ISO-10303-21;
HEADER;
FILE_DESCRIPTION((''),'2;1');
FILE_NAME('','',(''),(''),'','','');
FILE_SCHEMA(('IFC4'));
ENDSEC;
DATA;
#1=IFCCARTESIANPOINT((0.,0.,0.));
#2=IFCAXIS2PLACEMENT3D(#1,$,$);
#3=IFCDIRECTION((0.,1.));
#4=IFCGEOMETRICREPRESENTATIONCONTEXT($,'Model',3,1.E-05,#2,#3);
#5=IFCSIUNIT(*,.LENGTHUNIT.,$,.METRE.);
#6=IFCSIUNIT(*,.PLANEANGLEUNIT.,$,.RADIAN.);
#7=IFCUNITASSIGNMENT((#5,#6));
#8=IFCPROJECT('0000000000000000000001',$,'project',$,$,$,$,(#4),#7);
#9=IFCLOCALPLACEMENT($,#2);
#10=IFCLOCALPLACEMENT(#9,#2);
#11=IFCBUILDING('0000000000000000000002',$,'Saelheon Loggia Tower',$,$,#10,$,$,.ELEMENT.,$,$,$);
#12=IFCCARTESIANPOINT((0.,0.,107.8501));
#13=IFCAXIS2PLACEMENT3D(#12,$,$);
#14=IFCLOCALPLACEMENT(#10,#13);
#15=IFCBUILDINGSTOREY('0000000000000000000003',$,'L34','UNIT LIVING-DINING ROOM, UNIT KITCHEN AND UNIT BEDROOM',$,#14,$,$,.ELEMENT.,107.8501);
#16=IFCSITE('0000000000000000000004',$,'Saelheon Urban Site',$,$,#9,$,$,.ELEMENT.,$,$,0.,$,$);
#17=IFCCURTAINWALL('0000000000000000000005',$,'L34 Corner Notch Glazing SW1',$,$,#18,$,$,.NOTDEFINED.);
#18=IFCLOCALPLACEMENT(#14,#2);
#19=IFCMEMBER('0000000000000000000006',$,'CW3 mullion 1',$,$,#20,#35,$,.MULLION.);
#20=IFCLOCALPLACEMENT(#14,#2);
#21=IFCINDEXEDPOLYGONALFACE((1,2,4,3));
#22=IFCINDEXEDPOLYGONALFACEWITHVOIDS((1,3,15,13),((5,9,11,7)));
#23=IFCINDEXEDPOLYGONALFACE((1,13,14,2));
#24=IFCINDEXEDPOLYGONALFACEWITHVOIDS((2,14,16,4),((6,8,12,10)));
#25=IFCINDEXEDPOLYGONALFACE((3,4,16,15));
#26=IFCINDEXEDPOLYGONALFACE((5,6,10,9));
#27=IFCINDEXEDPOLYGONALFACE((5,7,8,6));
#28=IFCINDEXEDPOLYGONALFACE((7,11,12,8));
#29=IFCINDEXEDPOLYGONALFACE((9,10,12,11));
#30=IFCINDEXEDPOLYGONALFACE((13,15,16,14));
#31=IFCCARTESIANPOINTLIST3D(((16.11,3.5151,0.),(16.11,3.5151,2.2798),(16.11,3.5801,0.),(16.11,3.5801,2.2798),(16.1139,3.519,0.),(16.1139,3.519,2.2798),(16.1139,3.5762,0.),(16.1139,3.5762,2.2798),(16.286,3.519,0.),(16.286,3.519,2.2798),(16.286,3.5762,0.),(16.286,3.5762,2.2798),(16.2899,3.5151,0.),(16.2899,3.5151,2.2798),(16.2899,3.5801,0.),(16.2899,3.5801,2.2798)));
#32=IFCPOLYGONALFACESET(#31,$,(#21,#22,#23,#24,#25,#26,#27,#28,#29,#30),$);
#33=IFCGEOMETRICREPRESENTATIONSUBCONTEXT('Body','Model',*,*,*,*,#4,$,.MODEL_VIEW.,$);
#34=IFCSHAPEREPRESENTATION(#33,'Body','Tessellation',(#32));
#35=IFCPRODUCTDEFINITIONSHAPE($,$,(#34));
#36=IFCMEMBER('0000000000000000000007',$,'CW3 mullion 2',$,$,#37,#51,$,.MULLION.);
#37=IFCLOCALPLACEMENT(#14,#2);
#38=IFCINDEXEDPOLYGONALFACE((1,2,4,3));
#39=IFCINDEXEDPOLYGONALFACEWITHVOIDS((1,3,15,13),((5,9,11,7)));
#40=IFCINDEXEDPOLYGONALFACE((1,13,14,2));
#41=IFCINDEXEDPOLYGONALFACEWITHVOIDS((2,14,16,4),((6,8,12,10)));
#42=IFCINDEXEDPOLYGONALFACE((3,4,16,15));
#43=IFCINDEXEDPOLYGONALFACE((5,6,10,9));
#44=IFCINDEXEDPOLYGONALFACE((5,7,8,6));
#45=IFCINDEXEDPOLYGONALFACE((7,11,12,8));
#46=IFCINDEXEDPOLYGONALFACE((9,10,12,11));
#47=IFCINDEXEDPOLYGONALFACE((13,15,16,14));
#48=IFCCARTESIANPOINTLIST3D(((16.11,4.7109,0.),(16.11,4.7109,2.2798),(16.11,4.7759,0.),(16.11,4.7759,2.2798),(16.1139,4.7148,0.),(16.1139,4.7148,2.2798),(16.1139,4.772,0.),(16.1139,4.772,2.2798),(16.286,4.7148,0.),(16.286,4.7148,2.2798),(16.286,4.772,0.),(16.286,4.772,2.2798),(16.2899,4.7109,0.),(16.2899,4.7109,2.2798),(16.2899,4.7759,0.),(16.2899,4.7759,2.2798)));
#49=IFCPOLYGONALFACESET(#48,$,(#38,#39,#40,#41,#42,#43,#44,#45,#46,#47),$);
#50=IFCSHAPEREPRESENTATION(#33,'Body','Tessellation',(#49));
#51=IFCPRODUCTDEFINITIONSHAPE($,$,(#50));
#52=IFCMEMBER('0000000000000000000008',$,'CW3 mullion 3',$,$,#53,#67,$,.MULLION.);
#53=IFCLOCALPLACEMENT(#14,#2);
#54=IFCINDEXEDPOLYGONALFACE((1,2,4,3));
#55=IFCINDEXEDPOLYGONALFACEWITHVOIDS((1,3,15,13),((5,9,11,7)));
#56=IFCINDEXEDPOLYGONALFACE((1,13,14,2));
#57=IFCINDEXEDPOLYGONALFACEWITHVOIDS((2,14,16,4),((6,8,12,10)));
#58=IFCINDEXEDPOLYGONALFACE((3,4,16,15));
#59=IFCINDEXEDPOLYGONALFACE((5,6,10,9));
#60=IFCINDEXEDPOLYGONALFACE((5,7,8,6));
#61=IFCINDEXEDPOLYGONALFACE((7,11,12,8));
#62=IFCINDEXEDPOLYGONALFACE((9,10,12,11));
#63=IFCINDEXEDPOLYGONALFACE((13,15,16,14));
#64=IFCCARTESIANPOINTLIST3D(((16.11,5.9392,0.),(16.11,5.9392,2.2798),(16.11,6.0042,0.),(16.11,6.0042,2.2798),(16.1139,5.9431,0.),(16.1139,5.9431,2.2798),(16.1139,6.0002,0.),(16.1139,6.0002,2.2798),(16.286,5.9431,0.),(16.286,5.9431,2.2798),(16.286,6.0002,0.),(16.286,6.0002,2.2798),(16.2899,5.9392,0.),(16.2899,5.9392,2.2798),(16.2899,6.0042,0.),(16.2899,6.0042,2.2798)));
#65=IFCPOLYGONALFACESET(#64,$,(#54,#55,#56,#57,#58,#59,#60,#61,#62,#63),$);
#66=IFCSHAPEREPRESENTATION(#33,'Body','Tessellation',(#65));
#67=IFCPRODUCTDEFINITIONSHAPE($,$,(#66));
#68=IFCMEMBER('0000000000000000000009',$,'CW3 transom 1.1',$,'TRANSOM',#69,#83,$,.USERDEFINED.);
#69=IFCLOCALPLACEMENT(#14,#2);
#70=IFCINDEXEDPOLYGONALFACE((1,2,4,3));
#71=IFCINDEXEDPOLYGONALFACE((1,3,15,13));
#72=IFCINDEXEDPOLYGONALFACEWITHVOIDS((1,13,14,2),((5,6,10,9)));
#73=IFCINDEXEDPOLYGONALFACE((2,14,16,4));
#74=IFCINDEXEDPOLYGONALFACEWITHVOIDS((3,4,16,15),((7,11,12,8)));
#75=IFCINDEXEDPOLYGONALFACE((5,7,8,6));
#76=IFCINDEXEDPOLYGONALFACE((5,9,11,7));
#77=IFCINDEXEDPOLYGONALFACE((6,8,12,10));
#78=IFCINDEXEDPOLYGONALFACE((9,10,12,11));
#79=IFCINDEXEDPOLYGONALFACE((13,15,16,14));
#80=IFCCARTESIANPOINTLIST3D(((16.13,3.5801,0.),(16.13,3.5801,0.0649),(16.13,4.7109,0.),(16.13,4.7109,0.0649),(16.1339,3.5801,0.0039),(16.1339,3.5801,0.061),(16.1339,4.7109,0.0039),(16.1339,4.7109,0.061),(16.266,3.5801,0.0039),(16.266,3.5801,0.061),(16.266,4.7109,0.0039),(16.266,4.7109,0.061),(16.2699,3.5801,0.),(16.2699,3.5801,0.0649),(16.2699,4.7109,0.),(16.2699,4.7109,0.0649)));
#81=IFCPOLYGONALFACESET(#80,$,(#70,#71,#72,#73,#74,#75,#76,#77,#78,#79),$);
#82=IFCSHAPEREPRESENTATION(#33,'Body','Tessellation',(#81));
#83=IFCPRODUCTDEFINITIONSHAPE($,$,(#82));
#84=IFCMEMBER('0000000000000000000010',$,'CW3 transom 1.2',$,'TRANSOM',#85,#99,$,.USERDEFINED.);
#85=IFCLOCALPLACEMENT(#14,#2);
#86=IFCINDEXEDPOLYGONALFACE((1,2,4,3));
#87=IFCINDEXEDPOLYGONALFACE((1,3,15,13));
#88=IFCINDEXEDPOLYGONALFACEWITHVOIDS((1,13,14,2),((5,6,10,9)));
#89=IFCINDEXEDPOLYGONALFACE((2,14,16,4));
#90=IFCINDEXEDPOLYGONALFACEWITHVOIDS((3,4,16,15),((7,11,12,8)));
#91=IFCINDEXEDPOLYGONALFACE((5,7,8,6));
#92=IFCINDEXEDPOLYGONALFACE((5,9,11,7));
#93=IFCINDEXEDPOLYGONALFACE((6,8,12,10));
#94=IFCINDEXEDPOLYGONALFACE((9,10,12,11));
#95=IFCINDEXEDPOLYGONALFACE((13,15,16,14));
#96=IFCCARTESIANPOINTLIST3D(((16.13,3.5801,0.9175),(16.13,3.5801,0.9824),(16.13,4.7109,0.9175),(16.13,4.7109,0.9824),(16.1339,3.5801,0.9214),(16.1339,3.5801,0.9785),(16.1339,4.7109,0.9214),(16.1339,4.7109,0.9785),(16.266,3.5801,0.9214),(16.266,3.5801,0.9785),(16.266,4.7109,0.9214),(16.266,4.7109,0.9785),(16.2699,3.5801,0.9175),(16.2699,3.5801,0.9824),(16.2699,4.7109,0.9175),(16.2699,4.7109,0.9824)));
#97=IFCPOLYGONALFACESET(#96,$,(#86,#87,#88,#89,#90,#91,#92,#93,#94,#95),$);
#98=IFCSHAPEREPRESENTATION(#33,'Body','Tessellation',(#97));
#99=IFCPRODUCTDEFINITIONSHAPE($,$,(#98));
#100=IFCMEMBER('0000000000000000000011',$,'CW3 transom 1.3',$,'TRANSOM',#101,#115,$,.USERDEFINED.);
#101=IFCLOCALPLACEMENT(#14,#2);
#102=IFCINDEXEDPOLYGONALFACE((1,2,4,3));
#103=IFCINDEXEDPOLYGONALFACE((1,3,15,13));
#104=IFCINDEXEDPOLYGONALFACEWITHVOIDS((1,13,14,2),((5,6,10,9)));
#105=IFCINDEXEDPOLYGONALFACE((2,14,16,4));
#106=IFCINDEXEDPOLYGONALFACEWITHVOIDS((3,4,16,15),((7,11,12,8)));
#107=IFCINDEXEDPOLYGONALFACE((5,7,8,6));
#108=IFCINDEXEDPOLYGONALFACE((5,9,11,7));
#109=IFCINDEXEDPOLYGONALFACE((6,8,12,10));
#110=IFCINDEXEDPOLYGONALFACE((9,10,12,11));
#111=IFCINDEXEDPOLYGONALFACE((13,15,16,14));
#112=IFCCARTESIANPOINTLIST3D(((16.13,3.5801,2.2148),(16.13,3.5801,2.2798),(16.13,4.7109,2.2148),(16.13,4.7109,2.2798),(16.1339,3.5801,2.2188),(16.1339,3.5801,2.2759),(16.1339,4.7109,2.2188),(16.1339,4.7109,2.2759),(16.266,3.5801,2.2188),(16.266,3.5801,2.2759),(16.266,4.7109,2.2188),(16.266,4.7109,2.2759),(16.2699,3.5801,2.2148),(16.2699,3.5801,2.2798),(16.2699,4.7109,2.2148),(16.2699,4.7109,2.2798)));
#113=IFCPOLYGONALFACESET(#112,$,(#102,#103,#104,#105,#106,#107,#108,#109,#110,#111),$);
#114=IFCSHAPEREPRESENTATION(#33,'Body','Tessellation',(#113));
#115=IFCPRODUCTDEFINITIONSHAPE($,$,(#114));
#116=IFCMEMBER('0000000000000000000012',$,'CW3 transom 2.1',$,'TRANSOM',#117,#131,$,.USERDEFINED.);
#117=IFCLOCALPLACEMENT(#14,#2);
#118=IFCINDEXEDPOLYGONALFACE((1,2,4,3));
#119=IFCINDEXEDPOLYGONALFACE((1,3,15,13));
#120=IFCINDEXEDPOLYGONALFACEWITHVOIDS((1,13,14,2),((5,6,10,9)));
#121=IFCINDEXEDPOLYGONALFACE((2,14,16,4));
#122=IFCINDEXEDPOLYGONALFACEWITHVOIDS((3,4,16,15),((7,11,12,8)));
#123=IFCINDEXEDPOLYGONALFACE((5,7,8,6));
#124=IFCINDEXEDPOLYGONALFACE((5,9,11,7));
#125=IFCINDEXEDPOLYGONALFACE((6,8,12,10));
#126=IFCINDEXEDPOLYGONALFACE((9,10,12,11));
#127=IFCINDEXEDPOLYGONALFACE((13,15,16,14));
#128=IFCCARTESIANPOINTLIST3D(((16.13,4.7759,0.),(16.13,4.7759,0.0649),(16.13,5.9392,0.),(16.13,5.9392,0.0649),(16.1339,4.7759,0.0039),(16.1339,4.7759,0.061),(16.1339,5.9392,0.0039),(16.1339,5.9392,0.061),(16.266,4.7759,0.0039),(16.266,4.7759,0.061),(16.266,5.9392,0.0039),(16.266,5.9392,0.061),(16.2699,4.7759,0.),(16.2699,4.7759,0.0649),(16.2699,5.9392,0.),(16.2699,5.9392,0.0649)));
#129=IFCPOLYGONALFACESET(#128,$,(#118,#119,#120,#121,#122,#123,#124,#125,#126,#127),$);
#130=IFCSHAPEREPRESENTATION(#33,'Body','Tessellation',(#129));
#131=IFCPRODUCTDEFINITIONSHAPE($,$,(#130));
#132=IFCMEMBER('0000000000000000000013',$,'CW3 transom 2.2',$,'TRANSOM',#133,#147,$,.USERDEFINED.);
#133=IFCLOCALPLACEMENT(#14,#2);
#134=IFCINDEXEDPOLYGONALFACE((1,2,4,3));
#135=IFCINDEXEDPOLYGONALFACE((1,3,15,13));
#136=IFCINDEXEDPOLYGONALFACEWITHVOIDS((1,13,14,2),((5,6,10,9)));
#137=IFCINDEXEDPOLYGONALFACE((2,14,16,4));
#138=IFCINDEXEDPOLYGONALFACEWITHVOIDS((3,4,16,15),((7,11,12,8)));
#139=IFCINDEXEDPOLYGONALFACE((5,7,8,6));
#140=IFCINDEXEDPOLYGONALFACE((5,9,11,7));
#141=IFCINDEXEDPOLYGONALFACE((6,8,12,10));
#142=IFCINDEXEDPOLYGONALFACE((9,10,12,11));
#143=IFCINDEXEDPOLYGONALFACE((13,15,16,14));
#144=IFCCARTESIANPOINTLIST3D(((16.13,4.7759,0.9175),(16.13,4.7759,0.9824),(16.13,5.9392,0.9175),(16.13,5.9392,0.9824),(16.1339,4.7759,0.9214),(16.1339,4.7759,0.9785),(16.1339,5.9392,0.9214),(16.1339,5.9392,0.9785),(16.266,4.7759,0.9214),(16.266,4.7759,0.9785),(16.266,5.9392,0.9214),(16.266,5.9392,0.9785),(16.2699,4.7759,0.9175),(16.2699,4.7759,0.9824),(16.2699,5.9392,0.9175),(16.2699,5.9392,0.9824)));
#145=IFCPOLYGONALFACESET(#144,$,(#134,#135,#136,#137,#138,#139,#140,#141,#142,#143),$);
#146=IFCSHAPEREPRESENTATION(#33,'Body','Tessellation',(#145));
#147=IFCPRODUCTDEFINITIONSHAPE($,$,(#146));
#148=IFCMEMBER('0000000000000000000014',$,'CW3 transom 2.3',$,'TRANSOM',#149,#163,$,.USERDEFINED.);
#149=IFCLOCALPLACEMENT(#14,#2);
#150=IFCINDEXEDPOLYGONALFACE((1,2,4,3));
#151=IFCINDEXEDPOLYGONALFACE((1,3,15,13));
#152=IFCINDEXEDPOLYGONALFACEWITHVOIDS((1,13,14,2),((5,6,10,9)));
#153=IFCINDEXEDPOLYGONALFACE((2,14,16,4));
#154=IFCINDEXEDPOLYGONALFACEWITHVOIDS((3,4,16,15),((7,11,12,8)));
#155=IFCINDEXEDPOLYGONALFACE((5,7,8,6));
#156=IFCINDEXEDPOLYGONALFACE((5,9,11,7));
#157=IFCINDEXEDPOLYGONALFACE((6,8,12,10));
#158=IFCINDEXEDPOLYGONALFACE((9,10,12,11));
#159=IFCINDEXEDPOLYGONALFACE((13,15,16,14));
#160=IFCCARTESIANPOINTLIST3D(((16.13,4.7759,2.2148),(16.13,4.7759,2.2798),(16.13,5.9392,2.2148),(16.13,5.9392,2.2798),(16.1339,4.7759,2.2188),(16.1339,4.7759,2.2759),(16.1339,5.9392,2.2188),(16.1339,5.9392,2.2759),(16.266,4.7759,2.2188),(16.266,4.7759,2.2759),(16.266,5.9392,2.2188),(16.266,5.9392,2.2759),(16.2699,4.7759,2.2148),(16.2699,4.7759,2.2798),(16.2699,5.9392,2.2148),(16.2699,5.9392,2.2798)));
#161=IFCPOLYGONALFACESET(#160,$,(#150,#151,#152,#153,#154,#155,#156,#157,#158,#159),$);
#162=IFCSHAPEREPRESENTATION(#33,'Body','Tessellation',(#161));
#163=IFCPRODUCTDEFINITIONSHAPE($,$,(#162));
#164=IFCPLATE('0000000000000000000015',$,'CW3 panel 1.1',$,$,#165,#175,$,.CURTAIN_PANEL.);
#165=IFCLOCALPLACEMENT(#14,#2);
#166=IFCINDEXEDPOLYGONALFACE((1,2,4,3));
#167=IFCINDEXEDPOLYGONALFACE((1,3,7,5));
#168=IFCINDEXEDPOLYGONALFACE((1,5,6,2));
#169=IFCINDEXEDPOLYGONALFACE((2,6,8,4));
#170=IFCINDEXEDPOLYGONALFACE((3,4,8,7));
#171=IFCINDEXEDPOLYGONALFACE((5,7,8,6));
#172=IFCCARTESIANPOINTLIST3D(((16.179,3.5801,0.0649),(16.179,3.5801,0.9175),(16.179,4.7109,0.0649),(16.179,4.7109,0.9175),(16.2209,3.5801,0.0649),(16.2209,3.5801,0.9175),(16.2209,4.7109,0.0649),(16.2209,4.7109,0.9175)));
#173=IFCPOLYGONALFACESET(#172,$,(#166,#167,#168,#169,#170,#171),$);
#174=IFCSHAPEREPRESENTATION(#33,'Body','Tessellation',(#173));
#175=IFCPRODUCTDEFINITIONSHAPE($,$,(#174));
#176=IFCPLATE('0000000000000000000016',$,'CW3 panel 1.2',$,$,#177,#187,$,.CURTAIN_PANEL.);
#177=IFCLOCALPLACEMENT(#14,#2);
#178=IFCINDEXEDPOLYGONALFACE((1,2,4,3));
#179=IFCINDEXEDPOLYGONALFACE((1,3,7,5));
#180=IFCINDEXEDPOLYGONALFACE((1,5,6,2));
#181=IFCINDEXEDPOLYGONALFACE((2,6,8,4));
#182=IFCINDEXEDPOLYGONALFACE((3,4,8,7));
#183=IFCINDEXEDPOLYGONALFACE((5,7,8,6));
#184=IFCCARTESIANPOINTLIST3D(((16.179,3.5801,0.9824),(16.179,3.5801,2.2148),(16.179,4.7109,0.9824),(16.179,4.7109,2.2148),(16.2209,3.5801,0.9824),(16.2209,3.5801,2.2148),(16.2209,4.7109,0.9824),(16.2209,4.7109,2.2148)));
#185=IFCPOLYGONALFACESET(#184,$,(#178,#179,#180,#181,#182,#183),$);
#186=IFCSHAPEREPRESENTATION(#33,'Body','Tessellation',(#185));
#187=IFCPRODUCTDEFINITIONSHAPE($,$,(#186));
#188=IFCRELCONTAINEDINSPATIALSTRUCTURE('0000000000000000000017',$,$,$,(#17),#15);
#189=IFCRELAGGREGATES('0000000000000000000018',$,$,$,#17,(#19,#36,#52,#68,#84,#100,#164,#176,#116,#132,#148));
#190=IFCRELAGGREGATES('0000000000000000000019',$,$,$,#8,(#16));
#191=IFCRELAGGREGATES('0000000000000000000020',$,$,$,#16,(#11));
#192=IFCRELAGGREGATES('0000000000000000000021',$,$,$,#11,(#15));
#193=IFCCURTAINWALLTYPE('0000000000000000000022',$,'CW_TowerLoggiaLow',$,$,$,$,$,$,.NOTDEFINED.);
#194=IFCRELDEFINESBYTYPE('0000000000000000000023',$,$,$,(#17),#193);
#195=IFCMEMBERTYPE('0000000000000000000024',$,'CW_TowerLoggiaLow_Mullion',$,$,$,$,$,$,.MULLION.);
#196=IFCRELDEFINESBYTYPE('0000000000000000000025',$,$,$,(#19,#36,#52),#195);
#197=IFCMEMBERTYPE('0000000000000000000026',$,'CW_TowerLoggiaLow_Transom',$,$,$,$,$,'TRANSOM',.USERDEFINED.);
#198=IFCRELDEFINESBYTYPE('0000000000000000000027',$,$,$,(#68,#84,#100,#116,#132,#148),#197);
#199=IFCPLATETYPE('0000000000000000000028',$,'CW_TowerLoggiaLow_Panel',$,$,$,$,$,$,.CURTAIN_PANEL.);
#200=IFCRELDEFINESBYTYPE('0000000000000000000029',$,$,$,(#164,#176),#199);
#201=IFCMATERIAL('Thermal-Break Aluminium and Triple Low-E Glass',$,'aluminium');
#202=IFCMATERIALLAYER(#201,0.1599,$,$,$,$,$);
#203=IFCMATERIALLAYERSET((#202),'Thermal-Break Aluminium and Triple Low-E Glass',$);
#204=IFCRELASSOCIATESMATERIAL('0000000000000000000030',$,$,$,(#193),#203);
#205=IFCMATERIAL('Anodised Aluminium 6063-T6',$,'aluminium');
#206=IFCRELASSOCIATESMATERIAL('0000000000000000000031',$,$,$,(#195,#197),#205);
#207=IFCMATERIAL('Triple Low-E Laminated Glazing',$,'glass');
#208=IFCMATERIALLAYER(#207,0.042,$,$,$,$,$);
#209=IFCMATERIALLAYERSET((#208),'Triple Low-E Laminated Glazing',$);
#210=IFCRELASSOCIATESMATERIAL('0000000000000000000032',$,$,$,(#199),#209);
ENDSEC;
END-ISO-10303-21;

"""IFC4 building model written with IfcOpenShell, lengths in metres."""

from ifc_helpers import new_model, si_unit, direction, frame, origin, origin_2d, place, context, subcontext, project, spatial, rectangle, hollow_rectangle, extrude, source, transform, mapped, material, layer, layer_set, material_profile, profile_set, type_object, element, aggregate, save


model = new_model("IFC4")

# Units and contexts
model_context = context("Model", 3, precision=1e-05, world=origin(), true_north=direction((0.0, 1.0)))
body_context = subcontext(model_context, "Body", "Model", "MODEL_VIEW")
ifc_project = project(units=[si_unit("LENGTHUNIT", "METRE"), si_unit("PLANEANGLEUNIT", "RADIAN")], contexts=[model_context])

# Site, building, storey
site_placement = place(None, origin())
site = spatial("IfcSite", under=ifc_project, at=site_placement, Name="Saelheon Urban Site", CompositionType="ELEMENT", RefElevation=0.0)
building_placement = place(site_placement, origin())
building = spatial("IfcBuilding", under=site, at=building_placement, Name="Saelheon Loggia Tower", CompositionType="ELEMENT")
storey_placement = place(building_placement, frame((0.0, 0.0, 107.8501)))
storey = spatial("IfcBuildingStorey", under=building, at=storey_placement, Name="L34", Description="UNIT LIVING-DINING ROOM, UNIT KITCHEN AND UNIT BEDROOM", CompositionType="ELEMENT", Elevation=107.8501)

# Curtain wall, members, plates
ifc_material_1 = material(Name="Thermal-Break Aluminium and Triple Low-E Glass", Category="aluminium")
ifc_layer_1 = layer(ifc_material_1, 0.1599)
ifc_layer_set_1 = layer_set([ifc_layer_1], Name="Thermal-Break Aluminium and Triple Low-E Glass")
curtain_wall_type = type_object("IfcCurtainWallType", Name="CW_TowerLoggiaLow", PredefinedType="NOTDEFINED", material=ifc_layer_set_1)
curtain_wall_placement = place(storey_placement, origin())
curtain_wall = element("IfcCurtainWall", 1, at=curtain_wall_placement, inside=storey, type_object=curtain_wall_type, Name="L34 Corner Notch Glazing SW1", PredefinedType="NOTDEFINED")
ifc_material_2 = material(Name="Anodised Aluminium 6063-T6", Category="aluminium")
ifc_material_profile_1 = material_profile(ifc_material_2, hollow_rectangle(XDim=0.0649, YDim=0.1799, WallThickness=0.0039, at=origin_2d()), Name="RHS-180x65x4")
ifc_profile_set_1 = profile_set([ifc_material_profile_1], Name="Anodised Aluminium 6063-T6")
member_type_1 = type_object("IfcMemberType", Name="CW_TowerLoggiaLow_Mullion", PredefinedType="MULLION", material=ifc_profile_set_1)
shared_shape_1 = source(origin(), body_context, "Body", "SweptSolid", [
    extrude(hollow_rectangle(XDim=0.0649, YDim=0.1799, WallThickness=0.0039, at=origin_2d()), origin(), (0.0, 0.0, 1.0), 2.2798),
])
member_1_placement = place(storey_placement, frame((16.2, 3.5476, 0.0), z_axis=(0.0, 0.0, 1.0), x_axis=(0.0, 1.0, 0.0)))
member_1 = element("IfcMember", 2, at=member_1_placement, type_object=member_type_1, Name="CW3 mullion 1", PredefinedType="MULLION", context=body_context, shape_type="MappedRepresentation", body=[
    mapped(shared_shape_1, transform((0.0, 0.0, 0.0), scale=1.0)),
])
member_2_placement = place(storey_placement, frame((16.2, 4.7434, 0.0), z_axis=(0.0, 0.0, 1.0), x_axis=(0.0, 1.0, 0.0)))
member_2 = element("IfcMember", 3, at=member_2_placement, type_object=member_type_1, Name="CW3 mullion 2", PredefinedType="MULLION", context=body_context, shape_type="MappedRepresentation", body=[
    mapped(shared_shape_1, transform((0.0, 0.0, 0.0), scale=1.0)),
])
member_3_placement = place(storey_placement, frame((16.2, 5.9717, 0.0), z_axis=(0.0, 0.0, 1.0), x_axis=(0.0, 1.0, 0.0)))
member_3 = element("IfcMember", 4, at=member_3_placement, type_object=member_type_1, Name="CW3 mullion 3", PredefinedType="MULLION", context=body_context, shape_type="MappedRepresentation", body=[
    mapped(shared_shape_1, transform((0.0, 0.0, 0.0), scale=1.0)),
])
ifc_material_profile_2 = material_profile(ifc_material_2, hollow_rectangle(XDim=0.0649, YDim=0.1399, WallThickness=0.0039, at=origin_2d()), Name="RHS-140x65x4")
ifc_profile_set_2 = profile_set([ifc_material_profile_2], Name="Anodised Aluminium 6063-T6")
member_type_2 = type_object("IfcMemberType", Name="CW_TowerLoggiaLow_Transom", ElementType="TRANSOM", PredefinedType="USERDEFINED", material=ifc_profile_set_2)
shared_shape_2 = source(origin(), body_context, "Body", "SweptSolid", [
    extrude(hollow_rectangle(XDim=0.0649, YDim=0.1399, WallThickness=0.0039, at=origin_2d()), origin(), (0.0, 0.0, 1.0), 1.1309),
])
member_4_placement = place(storey_placement, frame((16.2, 3.5801, 0.0325), z_axis=(0.0, 1.0, 0.0), x_axis=(0.0, 0.0, 1.0)))
member_4 = element("IfcMember", 5, at=member_4_placement, type_object=member_type_2, Name="CW3 transom 1.1", ObjectType="TRANSOM", PredefinedType="USERDEFINED", context=body_context, shape_type="MappedRepresentation", body=[
    mapped(shared_shape_2, transform((0.0, 0.0, 0.0), scale=1.0)),
])
member_5_placement = place(storey_placement, frame((16.2, 3.5801, 0.95), z_axis=(0.0, 1.0, 0.0), x_axis=(0.0, 0.0, 1.0)))
member_5 = element("IfcMember", 6, at=member_5_placement, type_object=member_type_2, Name="CW3 transom 1.2", ObjectType="TRANSOM", PredefinedType="USERDEFINED", context=body_context, shape_type="MappedRepresentation", body=[
    mapped(shared_shape_2, transform((0.0, 0.0, 0.0), scale=1.0)),
])
member_6_placement = place(storey_placement, frame((16.2, 3.5801, 2.2473), z_axis=(0.0, 1.0, 0.0), x_axis=(0.0, 0.0, 1.0)))
member_6 = element("IfcMember", 7, at=member_6_placement, type_object=member_type_2, Name="CW3 transom 1.3", ObjectType="TRANSOM", PredefinedType="USERDEFINED", context=body_context, shape_type="MappedRepresentation", body=[
    mapped(shared_shape_2, transform((0.0, 0.0, 0.0), scale=1.0)),
])
shared_shape_3 = source(origin(), body_context, "Body", "SweptSolid", [
    extrude(hollow_rectangle(XDim=0.0649, YDim=0.1399, WallThickness=0.0039, at=origin_2d()), origin(), (0.0, 0.0, 1.0), 1.1633),
])
member_7_placement = place(storey_placement, frame((16.2, 4.7759, 0.0325), z_axis=(0.0, 1.0, 0.0), x_axis=(0.0, 0.0, 1.0)))
member_7 = element("IfcMember", 8, at=member_7_placement, type_object=member_type_2, Name="CW3 transom 2.1", ObjectType="TRANSOM", PredefinedType="USERDEFINED", context=body_context, shape_type="MappedRepresentation", body=[
    mapped(shared_shape_3, transform((0.0, 0.0, 0.0), scale=1.0)),
])
member_8_placement = place(storey_placement, frame((16.2, 4.7759, 0.95), z_axis=(0.0, 1.0, 0.0), x_axis=(0.0, 0.0, 1.0)))
member_8 = element("IfcMember", 9, at=member_8_placement, type_object=member_type_2, Name="CW3 transom 2.2", ObjectType="TRANSOM", PredefinedType="USERDEFINED", context=body_context, shape_type="MappedRepresentation", body=[
    mapped(shared_shape_3, transform((0.0, 0.0, 0.0), scale=1.0)),
])
member_9_placement = place(storey_placement, frame((16.2, 4.7759, 2.2473), z_axis=(0.0, 1.0, 0.0), x_axis=(0.0, 0.0, 1.0)))
member_9 = element("IfcMember", 10, at=member_9_placement, type_object=member_type_2, Name="CW3 transom 2.3", ObjectType="TRANSOM", PredefinedType="USERDEFINED", context=body_context, shape_type="MappedRepresentation", body=[
    mapped(shared_shape_3, transform((0.0, 0.0, 0.0), scale=1.0)),
])
ifc_material_3 = material(Name="Triple Low-E Laminated Glazing", Category="glass")
ifc_layer_2 = layer(ifc_material_3, 0.042)
ifc_layer_set_2 = layer_set([ifc_layer_2], Name="Triple Low-E Laminated Glazing")
plate_type = type_object("IfcPlateType", Name="CW_TowerLoggiaLow_Panel", PredefinedType="CURTAIN_PANEL", material=ifc_layer_set_2)
shared_shape_4 = source(origin(), body_context, "Body", "SweptSolid", [
    extrude(rectangle(XDim=1.1309, YDim=0.042, at=origin_2d()), origin(), (0.0, 0.0, 1.0), 0.8525),
])
plate_1_placement = place(storey_placement, frame((16.2, 4.1455, 0.0649), z_axis=(0.0, 0.0, 1.0), x_axis=(0.0, 1.0, 0.0)))
plate_1 = element("IfcPlate", 11, at=plate_1_placement, type_object=plate_type, Name="CW3 panel 1.1", PredefinedType="CURTAIN_PANEL", context=body_context, shape_type="MappedRepresentation", body=[
    mapped(shared_shape_4, transform((0.0, 0.0, 0.0), scale=1.0)),
])
shared_shape_5 = source(origin(), body_context, "Body", "SweptSolid", [
    extrude(rectangle(XDim=1.1309, YDim=0.042, at=origin_2d()), origin(), (0.0, 0.0, 1.0), 1.2324),
])
plate_2_placement = place(storey_placement, frame((16.2, 4.1455, 0.9824), z_axis=(0.0, 0.0, 1.0), x_axis=(0.0, 1.0, 0.0)))
plate_2 = element("IfcPlate", 12, at=plate_2_placement, type_object=plate_type, Name="CW3 panel 1.2", PredefinedType="CURTAIN_PANEL", context=body_context, shape_type="MappedRepresentation", body=[
    mapped(shared_shape_5, transform((0.0, 0.0, 0.0), scale=1.0)),
])
aggregate(curtain_wall, [member_1, member_2, member_3, member_4, member_5, member_6, plate_1, plate_2, member_7, member_8, member_9])

save(model, "model.ifc")
